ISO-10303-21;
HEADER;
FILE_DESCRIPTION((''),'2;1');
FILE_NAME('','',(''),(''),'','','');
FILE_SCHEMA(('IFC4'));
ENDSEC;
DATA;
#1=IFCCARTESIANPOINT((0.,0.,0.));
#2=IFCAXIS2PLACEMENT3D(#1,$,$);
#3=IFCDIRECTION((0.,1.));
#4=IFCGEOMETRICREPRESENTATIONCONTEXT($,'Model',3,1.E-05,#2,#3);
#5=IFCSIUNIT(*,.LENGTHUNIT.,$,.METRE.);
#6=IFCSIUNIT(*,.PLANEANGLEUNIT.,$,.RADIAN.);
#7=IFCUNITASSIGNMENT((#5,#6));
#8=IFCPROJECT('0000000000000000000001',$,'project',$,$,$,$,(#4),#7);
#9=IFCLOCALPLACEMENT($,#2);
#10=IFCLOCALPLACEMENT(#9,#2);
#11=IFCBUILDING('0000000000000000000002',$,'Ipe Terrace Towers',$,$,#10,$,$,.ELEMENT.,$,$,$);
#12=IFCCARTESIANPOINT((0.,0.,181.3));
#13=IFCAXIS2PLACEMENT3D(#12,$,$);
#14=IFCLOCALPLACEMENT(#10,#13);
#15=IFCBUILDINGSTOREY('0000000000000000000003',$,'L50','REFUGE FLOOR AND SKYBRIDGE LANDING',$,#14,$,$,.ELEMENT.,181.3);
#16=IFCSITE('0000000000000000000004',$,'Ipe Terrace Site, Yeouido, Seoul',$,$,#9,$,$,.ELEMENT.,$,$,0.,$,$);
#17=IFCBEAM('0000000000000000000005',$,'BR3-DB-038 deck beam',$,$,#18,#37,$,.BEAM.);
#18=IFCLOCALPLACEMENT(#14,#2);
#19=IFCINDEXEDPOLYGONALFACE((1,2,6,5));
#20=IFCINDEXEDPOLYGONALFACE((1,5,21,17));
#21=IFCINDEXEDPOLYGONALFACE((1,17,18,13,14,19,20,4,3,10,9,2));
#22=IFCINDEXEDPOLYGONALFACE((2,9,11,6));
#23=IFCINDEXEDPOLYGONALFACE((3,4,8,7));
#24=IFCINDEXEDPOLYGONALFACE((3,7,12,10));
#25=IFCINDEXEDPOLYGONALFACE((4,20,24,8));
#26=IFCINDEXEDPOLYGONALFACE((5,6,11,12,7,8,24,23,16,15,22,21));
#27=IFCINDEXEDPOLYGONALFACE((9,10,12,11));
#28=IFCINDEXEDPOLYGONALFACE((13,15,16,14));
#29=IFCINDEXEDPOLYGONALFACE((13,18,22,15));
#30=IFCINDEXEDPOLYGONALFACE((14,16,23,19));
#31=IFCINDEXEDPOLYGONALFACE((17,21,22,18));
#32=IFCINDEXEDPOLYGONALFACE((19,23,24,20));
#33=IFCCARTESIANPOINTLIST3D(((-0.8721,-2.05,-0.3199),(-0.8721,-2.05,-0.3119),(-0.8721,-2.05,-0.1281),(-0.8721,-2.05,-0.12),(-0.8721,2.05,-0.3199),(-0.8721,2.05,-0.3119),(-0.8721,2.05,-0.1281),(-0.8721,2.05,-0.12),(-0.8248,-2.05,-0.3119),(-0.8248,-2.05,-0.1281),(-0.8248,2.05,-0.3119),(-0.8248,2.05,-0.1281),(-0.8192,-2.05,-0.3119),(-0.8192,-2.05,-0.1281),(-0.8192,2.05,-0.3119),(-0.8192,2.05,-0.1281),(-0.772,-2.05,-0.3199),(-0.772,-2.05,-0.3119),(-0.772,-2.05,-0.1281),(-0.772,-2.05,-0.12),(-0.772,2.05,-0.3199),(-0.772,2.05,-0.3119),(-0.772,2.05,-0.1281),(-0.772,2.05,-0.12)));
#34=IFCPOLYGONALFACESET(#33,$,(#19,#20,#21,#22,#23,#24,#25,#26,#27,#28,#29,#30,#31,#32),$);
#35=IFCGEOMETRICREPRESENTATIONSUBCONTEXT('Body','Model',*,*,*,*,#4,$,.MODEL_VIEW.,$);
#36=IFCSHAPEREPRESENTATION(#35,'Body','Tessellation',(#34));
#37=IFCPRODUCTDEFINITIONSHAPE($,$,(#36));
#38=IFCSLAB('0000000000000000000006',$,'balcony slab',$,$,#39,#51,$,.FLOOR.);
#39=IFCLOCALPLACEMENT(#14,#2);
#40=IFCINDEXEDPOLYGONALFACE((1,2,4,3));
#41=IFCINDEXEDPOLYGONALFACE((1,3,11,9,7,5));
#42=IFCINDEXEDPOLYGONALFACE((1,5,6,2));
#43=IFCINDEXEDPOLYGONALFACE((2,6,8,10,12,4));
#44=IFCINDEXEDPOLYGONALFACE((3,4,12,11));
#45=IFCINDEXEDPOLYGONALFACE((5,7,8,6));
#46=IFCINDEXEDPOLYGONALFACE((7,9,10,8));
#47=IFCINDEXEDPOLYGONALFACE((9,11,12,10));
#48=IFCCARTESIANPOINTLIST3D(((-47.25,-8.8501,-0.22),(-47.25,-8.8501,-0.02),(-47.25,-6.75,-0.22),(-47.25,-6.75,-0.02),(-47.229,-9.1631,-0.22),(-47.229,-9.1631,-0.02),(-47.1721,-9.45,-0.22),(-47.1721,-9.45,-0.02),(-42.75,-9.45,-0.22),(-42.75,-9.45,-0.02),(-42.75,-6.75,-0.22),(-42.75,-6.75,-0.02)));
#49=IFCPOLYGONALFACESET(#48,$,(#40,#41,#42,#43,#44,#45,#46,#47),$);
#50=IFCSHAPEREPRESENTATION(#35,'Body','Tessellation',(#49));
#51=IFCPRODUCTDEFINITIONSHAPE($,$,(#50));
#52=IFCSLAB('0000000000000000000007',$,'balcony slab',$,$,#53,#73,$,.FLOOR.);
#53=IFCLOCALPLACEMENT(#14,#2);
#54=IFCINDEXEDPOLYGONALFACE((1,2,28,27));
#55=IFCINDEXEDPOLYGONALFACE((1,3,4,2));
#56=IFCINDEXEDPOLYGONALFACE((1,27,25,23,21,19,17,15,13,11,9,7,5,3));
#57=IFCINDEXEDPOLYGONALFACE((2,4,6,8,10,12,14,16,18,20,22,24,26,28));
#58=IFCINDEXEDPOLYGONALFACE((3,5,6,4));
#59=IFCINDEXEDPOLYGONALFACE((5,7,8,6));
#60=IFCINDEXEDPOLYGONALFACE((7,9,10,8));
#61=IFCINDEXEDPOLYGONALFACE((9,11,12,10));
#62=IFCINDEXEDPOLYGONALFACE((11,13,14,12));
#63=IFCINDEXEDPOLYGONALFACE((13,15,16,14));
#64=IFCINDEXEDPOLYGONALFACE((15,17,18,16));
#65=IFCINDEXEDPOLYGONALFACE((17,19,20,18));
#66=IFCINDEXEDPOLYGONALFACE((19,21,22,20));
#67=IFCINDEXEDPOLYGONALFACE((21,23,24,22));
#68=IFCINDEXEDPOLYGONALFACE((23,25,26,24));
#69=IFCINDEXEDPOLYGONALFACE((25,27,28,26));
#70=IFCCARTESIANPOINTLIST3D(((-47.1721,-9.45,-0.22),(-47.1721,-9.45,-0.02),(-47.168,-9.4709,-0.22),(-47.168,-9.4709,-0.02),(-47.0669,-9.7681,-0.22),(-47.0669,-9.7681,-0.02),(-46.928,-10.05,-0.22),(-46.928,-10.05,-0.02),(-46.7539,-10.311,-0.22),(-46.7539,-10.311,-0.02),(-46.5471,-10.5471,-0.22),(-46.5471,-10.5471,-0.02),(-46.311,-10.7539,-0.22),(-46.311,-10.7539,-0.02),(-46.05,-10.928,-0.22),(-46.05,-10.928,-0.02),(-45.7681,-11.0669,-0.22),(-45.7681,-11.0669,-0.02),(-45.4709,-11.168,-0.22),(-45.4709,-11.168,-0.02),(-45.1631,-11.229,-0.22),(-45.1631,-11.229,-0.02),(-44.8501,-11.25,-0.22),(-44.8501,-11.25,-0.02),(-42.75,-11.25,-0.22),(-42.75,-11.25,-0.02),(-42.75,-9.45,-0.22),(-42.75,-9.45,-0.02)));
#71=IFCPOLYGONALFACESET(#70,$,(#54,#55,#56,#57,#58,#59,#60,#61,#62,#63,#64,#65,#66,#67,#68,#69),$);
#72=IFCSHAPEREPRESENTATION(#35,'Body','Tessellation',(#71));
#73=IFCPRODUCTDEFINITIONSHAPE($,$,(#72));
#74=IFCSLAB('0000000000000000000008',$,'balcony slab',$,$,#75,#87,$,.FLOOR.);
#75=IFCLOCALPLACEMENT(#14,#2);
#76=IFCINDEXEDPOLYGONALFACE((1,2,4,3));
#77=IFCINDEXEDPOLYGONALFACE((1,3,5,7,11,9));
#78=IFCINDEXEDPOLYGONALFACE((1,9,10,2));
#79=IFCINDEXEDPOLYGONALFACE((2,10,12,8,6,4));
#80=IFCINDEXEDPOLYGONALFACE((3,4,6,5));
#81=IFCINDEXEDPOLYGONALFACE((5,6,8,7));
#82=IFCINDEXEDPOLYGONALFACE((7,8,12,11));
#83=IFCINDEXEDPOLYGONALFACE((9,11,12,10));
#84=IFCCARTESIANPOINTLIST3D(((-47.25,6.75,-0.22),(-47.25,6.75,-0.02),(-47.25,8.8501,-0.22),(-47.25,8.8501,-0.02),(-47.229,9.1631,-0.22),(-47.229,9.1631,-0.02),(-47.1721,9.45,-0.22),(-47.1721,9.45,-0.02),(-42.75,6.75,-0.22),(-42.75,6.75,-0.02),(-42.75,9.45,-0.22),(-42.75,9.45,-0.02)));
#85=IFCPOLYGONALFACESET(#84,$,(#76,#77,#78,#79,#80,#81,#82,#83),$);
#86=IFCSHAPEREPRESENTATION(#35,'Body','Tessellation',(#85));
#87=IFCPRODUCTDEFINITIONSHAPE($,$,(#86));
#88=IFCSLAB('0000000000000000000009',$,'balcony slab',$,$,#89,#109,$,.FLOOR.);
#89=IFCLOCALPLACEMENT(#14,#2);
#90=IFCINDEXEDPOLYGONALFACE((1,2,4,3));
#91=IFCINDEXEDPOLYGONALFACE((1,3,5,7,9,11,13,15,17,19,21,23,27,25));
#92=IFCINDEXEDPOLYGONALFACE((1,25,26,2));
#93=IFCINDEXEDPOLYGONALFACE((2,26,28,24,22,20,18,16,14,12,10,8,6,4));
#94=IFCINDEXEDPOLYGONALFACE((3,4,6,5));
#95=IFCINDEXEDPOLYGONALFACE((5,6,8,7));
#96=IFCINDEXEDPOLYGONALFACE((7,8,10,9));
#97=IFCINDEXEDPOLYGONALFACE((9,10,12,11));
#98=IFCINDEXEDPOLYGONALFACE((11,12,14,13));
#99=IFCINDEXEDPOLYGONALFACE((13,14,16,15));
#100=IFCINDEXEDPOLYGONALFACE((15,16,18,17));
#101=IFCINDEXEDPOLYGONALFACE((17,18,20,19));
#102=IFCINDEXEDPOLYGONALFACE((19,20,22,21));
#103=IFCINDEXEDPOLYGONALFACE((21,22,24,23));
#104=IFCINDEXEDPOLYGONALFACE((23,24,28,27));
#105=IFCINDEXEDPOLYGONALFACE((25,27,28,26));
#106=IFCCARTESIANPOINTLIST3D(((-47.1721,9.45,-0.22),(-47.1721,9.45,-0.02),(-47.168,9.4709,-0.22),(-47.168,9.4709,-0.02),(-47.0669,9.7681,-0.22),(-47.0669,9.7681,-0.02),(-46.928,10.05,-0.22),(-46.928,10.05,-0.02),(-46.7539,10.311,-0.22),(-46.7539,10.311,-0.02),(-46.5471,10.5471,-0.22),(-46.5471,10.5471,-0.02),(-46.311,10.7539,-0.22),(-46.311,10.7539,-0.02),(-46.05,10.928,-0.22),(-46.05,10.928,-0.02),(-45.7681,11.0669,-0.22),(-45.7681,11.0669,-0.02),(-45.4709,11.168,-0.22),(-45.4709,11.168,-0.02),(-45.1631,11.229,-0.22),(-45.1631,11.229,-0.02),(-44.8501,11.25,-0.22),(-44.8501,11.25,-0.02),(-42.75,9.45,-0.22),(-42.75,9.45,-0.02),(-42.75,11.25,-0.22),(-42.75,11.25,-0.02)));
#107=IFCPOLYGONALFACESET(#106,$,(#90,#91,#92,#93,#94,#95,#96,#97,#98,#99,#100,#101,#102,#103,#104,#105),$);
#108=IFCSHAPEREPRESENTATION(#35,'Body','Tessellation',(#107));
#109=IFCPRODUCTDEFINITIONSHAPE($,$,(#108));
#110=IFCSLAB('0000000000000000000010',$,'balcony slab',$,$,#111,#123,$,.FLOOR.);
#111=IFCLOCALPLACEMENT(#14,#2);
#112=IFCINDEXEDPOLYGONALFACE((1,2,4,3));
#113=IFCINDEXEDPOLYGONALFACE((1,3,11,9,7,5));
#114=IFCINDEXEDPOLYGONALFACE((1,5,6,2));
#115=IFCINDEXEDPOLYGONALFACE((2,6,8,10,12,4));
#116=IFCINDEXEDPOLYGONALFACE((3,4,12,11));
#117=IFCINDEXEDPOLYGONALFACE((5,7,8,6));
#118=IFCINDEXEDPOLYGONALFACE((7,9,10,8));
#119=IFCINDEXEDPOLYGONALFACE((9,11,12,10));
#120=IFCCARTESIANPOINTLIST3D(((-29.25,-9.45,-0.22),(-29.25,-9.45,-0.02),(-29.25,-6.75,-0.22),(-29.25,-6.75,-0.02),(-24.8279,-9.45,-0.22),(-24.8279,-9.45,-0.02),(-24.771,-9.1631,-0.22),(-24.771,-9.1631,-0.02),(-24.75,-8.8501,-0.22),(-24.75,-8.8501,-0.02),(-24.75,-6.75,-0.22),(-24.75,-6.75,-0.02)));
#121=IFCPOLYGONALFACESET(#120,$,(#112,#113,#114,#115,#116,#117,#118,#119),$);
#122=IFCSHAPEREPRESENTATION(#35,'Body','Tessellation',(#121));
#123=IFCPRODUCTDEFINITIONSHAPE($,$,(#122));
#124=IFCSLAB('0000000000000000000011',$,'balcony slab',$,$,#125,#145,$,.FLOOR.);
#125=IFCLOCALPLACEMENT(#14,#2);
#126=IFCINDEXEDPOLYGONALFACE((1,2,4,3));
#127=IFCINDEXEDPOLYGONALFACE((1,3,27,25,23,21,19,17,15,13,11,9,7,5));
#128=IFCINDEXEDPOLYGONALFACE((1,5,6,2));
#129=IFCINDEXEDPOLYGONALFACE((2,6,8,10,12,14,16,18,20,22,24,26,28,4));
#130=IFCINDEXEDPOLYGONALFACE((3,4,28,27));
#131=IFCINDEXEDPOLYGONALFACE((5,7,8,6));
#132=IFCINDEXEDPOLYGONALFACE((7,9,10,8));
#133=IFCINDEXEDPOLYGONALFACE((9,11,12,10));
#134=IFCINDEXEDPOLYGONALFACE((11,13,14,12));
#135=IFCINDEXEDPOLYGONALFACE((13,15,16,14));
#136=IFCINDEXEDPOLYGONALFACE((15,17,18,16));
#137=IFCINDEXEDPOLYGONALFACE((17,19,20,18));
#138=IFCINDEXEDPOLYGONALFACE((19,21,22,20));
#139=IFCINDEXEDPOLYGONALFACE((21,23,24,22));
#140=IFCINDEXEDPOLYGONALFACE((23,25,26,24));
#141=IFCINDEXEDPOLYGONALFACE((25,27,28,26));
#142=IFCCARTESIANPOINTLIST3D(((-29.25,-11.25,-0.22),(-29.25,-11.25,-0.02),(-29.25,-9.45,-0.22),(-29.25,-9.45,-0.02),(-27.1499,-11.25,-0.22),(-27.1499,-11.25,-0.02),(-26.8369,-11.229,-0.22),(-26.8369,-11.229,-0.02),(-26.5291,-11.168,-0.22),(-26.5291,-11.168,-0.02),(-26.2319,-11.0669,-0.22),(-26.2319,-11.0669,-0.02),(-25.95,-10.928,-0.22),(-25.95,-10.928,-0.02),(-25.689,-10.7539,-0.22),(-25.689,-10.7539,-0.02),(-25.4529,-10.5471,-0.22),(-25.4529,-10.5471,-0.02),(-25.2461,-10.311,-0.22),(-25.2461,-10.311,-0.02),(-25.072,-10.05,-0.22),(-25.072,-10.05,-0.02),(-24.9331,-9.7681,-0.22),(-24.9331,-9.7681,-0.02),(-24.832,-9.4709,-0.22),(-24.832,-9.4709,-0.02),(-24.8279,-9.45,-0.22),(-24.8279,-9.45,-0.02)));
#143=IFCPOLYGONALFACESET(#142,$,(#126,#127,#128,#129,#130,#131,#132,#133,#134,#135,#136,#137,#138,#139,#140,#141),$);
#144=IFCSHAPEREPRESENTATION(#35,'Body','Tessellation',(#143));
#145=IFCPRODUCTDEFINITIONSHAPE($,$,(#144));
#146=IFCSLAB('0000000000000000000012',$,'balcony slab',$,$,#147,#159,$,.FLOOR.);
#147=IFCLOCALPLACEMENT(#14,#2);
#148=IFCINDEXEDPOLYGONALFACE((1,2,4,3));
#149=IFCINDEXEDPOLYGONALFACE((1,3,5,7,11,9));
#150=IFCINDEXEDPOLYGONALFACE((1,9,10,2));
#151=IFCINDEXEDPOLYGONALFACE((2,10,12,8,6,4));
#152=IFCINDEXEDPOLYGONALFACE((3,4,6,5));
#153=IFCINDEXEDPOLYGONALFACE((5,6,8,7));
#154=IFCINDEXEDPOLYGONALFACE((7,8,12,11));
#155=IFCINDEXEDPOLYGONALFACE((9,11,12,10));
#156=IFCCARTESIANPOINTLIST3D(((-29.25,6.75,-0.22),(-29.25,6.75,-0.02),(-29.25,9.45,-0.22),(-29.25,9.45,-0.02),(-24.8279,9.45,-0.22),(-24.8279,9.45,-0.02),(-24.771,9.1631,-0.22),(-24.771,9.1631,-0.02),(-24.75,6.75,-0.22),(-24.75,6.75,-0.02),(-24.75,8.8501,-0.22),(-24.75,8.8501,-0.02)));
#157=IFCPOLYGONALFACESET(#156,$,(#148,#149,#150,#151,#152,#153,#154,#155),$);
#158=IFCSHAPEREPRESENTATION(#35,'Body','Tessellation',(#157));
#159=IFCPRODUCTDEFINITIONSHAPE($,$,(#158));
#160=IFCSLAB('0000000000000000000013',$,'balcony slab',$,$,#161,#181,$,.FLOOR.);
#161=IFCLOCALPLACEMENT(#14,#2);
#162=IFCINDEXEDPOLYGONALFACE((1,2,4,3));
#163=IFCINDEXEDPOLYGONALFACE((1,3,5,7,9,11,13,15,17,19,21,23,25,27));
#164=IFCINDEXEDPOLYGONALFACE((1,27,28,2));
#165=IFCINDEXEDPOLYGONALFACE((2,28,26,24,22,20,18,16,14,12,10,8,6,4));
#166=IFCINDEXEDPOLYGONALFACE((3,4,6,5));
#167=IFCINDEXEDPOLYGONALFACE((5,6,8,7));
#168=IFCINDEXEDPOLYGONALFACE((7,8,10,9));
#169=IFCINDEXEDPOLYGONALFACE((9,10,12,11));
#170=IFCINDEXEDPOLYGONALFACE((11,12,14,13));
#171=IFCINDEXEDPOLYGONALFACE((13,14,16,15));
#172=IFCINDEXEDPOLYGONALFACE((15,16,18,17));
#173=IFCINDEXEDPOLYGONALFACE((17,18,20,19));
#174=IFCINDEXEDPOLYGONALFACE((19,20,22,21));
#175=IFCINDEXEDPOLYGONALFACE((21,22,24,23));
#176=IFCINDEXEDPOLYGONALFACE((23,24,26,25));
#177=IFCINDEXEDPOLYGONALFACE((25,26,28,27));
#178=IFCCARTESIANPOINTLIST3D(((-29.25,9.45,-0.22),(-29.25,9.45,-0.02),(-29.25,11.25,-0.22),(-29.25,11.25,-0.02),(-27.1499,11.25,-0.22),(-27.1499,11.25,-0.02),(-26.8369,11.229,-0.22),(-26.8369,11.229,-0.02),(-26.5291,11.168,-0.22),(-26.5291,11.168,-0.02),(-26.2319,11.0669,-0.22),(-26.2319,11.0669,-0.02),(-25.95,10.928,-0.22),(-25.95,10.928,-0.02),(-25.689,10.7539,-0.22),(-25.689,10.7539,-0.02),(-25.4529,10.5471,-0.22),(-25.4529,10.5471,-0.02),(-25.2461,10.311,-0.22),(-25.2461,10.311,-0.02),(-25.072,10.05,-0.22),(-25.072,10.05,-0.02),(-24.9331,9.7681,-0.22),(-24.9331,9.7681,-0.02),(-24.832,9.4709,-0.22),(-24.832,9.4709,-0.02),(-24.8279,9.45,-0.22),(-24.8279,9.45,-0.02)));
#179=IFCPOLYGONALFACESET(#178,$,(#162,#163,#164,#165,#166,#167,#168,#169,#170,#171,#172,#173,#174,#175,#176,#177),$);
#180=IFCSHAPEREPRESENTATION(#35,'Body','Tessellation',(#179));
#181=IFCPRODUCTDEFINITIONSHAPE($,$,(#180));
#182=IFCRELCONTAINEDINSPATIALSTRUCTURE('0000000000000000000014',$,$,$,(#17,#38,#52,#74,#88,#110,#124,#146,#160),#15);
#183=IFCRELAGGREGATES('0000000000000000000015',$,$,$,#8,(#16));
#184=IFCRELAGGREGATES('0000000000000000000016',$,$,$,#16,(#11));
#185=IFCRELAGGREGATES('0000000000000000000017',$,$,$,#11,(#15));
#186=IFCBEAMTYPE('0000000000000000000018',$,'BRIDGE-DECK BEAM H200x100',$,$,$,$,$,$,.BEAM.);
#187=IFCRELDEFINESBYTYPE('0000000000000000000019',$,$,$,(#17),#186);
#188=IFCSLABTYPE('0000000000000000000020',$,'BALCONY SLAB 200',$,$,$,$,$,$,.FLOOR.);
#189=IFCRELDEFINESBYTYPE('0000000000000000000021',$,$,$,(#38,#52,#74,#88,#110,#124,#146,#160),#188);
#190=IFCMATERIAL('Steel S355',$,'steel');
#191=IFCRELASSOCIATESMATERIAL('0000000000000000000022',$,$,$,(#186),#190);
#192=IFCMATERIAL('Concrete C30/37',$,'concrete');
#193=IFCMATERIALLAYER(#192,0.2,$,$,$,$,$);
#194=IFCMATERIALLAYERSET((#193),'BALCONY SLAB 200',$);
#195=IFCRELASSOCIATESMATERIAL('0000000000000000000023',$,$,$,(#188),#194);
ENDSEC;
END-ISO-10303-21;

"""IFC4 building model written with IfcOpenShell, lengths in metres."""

from ifc_helpers import new_model, si_unit, direction, frame, origin, origin_2d, place, context, subcontext, project, spatial, polyline, i_section, outline, extrude, material, layer, layer_set, material_profile, profile_set, type_object, element, save


model = new_model("IFC4")

# Units and contexts
model_context = context("Model", 3, precision=1e-05, world=origin(), true_north=direction((0.0, 1.0)))
body_context = subcontext(model_context, "Body", "Model", "MODEL_VIEW")
ifc_project = project(units=[si_unit("LENGTHUNIT", "METRE"), si_unit("PLANEANGLEUNIT", "RADIAN")], contexts=[model_context])

# Site, building, storey
site_placement = place(None, origin())
site = spatial("IfcSite", under=ifc_project, at=site_placement, Name="Ipe Terrace Site, Yeouido, Seoul", CompositionType="ELEMENT", RefElevation=0.0)
building_placement = place(site_placement, origin())
building = spatial("IfcBuilding", under=site, at=building_placement, Name="Ipe Terrace Towers", CompositionType="ELEMENT")
storey_placement = place(building_placement, frame((0.0, 0.0, 181.3)))
storey = spatial("IfcBuildingStorey", under=building, at=storey_placement, Name="L50", Description="REFUGE FLOOR AND SKYBRIDGE LANDING", CompositionType="ELEMENT", Elevation=181.3)

# Beam
ifc_material_1 = material(Name="Steel S355", Category="steel")
ifc_material_profile = material_profile(ifc_material_1, i_section(OverallWidth=0.1001, OverallDepth=0.2, WebThickness=0.0056, FlangeThickness=0.0081, at=origin_2d()), Name="H200x100")
ifc_profile_set = profile_set([ifc_material_profile], Name="Steel S355")
beam_type = type_object("IfcBeamType", Name="BRIDGE-DECK BEAM H200x100", PredefinedType="BEAM", material=ifc_profile_set)
beam_placement = place(storey_placement, frame((-0.822, -2.05, -0.22), z_axis=(0.0, 1.0, 0.0), x_axis=(-1.0, 0.0, 0.0)))
element("IfcBeam", 1, at=beam_placement, inside=storey, type_object=beam_type, Name="BR3-DB-038 deck beam", PredefinedType="BEAM", context=body_context, shape_type="SweptSolid", body=[
    extrude(i_section(OverallWidth=0.1001, OverallDepth=0.2, WebThickness=0.0056, FlangeThickness=0.0081, at=origin_2d()), origin(), (0.0, 0.0, 1.0), 4.1001),
])

# Slabs
ifc_material_2 = material(Name="Concrete C30/37", Category="concrete")
ifc_layer_1 = layer(ifc_material_2, 0.2)
ifc_layer_set_1 = layer_set([ifc_layer_1], Name="BALCONY SLAB 200")
slab_type_1 = type_object("IfcSlabType", Name="BALCONY SLAB 200", PredefinedType="FLOOR", material=ifc_layer_set_1)
slab_1_placement = place(storey_placement, frame((0.0, 0.0, -0.22)))
element("IfcSlab", 2, at=slab_1_placement, inside=storey, type_object=slab_type_1, Name="balcony slab", PredefinedType="FLOOR", context=body_context, shape_type="SweptSolid", body=[
    extrude(outline(polyline([(-47.229, -9.1631), (-47.1721, -9.45), (-42.75, -9.45), (-42.75, -6.75), (-47.25, -6.75), (-47.25, -8.8501), (-47.229, -9.1631)])), origin(), (0.0, 0.0, 1.0), 0.2),
])
slab_2_placement = place(storey_placement, frame((0.0, 0.0, -0.22)))
element("IfcSlab", 3, at=slab_2_placement, inside=storey, type_object=slab_type_1, Name="balcony slab", PredefinedType="FLOOR", context=body_context, shape_type="SweptSolid", body=[
    extrude(outline(polyline([(-42.75, -11.25), (-42.75, -9.45), (-47.1721, -9.45), (-47.168, -9.4709), (-47.0669, -9.7681), (-46.928, -10.05), (-46.7539, -10.311), (-46.5471, -10.5471), (-46.311, -10.7539), (-46.05, -10.928), (-45.7681, -11.0669), (-45.4709, -11.168), (-45.1631, -11.229), (-44.8501, -11.25), (-42.75, -11.25)])), origin(), (0.0, 0.0, 1.0), 0.2),
])
slab_3_placement = place(storey_placement, frame((0.0, 0.0, -0.22)))
element("IfcSlab", 4, at=slab_3_placement, inside=storey, type_object=slab_type_1, Name="balcony slab", PredefinedType="FLOOR", context=body_context, shape_type="SweptSolid", body=[
    extrude(outline(polyline([(-47.229, 9.1631), (-47.25, 8.8501), (-47.25, 6.75), (-42.75, 6.75), (-42.75, 9.45), (-47.1721, 9.45), (-47.229, 9.1631)])), origin(), (0.0, 0.0, 1.0), 0.2),
])
slab_4_placement = place(storey_placement, frame((0.0, 0.0, -0.22)))
element("IfcSlab", 5, at=slab_4_placement, inside=storey, type_object=slab_type_1, Name="balcony slab", PredefinedType="FLOOR", context=body_context, shape_type="SweptSolid", body=[
    extrude(outline(polyline([(-42.75, 11.25), (-44.8501, 11.25), (-45.1631, 11.229), (-45.4709, 11.168), (-45.7681, 11.0669), (-46.05, 10.928), (-46.311, 10.7539), (-46.5471, 10.5471), (-46.7539, 10.311), (-46.928, 10.05), (-47.0669, 9.7681), (-47.168, 9.4709), (-47.1721, 9.45), (-42.75, 9.45), (-42.75, 11.25)])), origin(), (0.0, 0.0, 1.0), 0.2),
])
slab_5_placement = place(storey_placement, frame((0.0, 0.0, -0.22)))
element("IfcSlab", 6, at=slab_5_placement, inside=storey, type_object=slab_type_1, Name="balcony slab", PredefinedType="FLOOR", context=body_context, shape_type="SweptSolid", body=[
    extrude(outline(polyline([(-24.771, -9.1631), (-24.75, -8.8501), (-24.75, -6.75), (-29.25, -6.75), (-29.25, -9.45), (-24.8279, -9.45), (-24.771, -9.1631)])), origin(), (0.0, 0.0, 1.0), 0.2),
])
slab_6_placement = place(storey_placement, frame((0.0, 0.0, -0.22)))
element("IfcSlab", 7, at=slab_6_placement, inside=storey, type_object=slab_type_1, Name="balcony slab", PredefinedType="FLOOR", context=body_context, shape_type="SweptSolid", body=[
    extrude(outline(polyline([(-29.25, -11.25), (-27.1499, -11.25), (-26.8369, -11.229), (-26.5291, -11.168), (-26.2319, -11.0669), (-25.95, -10.928), (-25.689, -10.7539), (-25.4529, -10.5471), (-25.2461, -10.311), (-25.072, -10.05), (-24.9331, -9.7681), (-24.832, -9.4709), (-24.8279, -9.45), (-29.25, -9.45), (-29.25, -11.25)])), origin(), (0.0, 0.0, 1.0), 0.2),
])
slab_7_placement = place(storey_placement, frame((0.0, 0.0, -0.22)))
element("IfcSlab", 8, at=slab_7_placement, inside=storey, type_object=slab_type_1, Name="balcony slab", PredefinedType="FLOOR", context=body_context, shape_type="SweptSolid", body=[
    extrude(outline(polyline([(-24.771, 9.1631), (-24.8279, 9.45), (-29.25, 9.45), (-29.25, 6.75), (-24.75, 6.75), (-24.75, 8.8501), (-24.771, 9.1631)])), origin(), (0.0, 0.0, 1.0), 0.2),
])
slab_8_placement = place(storey_placement, frame((0.0, 0.0, -0.22)))
element("IfcSlab", 9, at=slab_8_placement, inside=storey, type_object=slab_type_1, Name="balcony slab", PredefinedType="FLOOR", context=body_context, shape_type="SweptSolid", body=[
    extrude(outline(polyline([(-29.25, 11.25), (-29.25, 9.45), (-24.8279, 9.45), (-24.832, 9.4709), (-24.9331, 9.7681), (-25.072, 10.05), (-25.2461, 10.311), (-25.4529, 10.5471), (-25.689, 10.7539), (-25.95, 10.928), (-26.2319, 11.0669), (-26.5291, 11.168), (-26.8369, 11.229), (-27.1499, 11.25), (-29.25, 11.25)])), origin(), (0.0, 0.0, 1.0), 0.2),
])

save(model, "model.ifc")
